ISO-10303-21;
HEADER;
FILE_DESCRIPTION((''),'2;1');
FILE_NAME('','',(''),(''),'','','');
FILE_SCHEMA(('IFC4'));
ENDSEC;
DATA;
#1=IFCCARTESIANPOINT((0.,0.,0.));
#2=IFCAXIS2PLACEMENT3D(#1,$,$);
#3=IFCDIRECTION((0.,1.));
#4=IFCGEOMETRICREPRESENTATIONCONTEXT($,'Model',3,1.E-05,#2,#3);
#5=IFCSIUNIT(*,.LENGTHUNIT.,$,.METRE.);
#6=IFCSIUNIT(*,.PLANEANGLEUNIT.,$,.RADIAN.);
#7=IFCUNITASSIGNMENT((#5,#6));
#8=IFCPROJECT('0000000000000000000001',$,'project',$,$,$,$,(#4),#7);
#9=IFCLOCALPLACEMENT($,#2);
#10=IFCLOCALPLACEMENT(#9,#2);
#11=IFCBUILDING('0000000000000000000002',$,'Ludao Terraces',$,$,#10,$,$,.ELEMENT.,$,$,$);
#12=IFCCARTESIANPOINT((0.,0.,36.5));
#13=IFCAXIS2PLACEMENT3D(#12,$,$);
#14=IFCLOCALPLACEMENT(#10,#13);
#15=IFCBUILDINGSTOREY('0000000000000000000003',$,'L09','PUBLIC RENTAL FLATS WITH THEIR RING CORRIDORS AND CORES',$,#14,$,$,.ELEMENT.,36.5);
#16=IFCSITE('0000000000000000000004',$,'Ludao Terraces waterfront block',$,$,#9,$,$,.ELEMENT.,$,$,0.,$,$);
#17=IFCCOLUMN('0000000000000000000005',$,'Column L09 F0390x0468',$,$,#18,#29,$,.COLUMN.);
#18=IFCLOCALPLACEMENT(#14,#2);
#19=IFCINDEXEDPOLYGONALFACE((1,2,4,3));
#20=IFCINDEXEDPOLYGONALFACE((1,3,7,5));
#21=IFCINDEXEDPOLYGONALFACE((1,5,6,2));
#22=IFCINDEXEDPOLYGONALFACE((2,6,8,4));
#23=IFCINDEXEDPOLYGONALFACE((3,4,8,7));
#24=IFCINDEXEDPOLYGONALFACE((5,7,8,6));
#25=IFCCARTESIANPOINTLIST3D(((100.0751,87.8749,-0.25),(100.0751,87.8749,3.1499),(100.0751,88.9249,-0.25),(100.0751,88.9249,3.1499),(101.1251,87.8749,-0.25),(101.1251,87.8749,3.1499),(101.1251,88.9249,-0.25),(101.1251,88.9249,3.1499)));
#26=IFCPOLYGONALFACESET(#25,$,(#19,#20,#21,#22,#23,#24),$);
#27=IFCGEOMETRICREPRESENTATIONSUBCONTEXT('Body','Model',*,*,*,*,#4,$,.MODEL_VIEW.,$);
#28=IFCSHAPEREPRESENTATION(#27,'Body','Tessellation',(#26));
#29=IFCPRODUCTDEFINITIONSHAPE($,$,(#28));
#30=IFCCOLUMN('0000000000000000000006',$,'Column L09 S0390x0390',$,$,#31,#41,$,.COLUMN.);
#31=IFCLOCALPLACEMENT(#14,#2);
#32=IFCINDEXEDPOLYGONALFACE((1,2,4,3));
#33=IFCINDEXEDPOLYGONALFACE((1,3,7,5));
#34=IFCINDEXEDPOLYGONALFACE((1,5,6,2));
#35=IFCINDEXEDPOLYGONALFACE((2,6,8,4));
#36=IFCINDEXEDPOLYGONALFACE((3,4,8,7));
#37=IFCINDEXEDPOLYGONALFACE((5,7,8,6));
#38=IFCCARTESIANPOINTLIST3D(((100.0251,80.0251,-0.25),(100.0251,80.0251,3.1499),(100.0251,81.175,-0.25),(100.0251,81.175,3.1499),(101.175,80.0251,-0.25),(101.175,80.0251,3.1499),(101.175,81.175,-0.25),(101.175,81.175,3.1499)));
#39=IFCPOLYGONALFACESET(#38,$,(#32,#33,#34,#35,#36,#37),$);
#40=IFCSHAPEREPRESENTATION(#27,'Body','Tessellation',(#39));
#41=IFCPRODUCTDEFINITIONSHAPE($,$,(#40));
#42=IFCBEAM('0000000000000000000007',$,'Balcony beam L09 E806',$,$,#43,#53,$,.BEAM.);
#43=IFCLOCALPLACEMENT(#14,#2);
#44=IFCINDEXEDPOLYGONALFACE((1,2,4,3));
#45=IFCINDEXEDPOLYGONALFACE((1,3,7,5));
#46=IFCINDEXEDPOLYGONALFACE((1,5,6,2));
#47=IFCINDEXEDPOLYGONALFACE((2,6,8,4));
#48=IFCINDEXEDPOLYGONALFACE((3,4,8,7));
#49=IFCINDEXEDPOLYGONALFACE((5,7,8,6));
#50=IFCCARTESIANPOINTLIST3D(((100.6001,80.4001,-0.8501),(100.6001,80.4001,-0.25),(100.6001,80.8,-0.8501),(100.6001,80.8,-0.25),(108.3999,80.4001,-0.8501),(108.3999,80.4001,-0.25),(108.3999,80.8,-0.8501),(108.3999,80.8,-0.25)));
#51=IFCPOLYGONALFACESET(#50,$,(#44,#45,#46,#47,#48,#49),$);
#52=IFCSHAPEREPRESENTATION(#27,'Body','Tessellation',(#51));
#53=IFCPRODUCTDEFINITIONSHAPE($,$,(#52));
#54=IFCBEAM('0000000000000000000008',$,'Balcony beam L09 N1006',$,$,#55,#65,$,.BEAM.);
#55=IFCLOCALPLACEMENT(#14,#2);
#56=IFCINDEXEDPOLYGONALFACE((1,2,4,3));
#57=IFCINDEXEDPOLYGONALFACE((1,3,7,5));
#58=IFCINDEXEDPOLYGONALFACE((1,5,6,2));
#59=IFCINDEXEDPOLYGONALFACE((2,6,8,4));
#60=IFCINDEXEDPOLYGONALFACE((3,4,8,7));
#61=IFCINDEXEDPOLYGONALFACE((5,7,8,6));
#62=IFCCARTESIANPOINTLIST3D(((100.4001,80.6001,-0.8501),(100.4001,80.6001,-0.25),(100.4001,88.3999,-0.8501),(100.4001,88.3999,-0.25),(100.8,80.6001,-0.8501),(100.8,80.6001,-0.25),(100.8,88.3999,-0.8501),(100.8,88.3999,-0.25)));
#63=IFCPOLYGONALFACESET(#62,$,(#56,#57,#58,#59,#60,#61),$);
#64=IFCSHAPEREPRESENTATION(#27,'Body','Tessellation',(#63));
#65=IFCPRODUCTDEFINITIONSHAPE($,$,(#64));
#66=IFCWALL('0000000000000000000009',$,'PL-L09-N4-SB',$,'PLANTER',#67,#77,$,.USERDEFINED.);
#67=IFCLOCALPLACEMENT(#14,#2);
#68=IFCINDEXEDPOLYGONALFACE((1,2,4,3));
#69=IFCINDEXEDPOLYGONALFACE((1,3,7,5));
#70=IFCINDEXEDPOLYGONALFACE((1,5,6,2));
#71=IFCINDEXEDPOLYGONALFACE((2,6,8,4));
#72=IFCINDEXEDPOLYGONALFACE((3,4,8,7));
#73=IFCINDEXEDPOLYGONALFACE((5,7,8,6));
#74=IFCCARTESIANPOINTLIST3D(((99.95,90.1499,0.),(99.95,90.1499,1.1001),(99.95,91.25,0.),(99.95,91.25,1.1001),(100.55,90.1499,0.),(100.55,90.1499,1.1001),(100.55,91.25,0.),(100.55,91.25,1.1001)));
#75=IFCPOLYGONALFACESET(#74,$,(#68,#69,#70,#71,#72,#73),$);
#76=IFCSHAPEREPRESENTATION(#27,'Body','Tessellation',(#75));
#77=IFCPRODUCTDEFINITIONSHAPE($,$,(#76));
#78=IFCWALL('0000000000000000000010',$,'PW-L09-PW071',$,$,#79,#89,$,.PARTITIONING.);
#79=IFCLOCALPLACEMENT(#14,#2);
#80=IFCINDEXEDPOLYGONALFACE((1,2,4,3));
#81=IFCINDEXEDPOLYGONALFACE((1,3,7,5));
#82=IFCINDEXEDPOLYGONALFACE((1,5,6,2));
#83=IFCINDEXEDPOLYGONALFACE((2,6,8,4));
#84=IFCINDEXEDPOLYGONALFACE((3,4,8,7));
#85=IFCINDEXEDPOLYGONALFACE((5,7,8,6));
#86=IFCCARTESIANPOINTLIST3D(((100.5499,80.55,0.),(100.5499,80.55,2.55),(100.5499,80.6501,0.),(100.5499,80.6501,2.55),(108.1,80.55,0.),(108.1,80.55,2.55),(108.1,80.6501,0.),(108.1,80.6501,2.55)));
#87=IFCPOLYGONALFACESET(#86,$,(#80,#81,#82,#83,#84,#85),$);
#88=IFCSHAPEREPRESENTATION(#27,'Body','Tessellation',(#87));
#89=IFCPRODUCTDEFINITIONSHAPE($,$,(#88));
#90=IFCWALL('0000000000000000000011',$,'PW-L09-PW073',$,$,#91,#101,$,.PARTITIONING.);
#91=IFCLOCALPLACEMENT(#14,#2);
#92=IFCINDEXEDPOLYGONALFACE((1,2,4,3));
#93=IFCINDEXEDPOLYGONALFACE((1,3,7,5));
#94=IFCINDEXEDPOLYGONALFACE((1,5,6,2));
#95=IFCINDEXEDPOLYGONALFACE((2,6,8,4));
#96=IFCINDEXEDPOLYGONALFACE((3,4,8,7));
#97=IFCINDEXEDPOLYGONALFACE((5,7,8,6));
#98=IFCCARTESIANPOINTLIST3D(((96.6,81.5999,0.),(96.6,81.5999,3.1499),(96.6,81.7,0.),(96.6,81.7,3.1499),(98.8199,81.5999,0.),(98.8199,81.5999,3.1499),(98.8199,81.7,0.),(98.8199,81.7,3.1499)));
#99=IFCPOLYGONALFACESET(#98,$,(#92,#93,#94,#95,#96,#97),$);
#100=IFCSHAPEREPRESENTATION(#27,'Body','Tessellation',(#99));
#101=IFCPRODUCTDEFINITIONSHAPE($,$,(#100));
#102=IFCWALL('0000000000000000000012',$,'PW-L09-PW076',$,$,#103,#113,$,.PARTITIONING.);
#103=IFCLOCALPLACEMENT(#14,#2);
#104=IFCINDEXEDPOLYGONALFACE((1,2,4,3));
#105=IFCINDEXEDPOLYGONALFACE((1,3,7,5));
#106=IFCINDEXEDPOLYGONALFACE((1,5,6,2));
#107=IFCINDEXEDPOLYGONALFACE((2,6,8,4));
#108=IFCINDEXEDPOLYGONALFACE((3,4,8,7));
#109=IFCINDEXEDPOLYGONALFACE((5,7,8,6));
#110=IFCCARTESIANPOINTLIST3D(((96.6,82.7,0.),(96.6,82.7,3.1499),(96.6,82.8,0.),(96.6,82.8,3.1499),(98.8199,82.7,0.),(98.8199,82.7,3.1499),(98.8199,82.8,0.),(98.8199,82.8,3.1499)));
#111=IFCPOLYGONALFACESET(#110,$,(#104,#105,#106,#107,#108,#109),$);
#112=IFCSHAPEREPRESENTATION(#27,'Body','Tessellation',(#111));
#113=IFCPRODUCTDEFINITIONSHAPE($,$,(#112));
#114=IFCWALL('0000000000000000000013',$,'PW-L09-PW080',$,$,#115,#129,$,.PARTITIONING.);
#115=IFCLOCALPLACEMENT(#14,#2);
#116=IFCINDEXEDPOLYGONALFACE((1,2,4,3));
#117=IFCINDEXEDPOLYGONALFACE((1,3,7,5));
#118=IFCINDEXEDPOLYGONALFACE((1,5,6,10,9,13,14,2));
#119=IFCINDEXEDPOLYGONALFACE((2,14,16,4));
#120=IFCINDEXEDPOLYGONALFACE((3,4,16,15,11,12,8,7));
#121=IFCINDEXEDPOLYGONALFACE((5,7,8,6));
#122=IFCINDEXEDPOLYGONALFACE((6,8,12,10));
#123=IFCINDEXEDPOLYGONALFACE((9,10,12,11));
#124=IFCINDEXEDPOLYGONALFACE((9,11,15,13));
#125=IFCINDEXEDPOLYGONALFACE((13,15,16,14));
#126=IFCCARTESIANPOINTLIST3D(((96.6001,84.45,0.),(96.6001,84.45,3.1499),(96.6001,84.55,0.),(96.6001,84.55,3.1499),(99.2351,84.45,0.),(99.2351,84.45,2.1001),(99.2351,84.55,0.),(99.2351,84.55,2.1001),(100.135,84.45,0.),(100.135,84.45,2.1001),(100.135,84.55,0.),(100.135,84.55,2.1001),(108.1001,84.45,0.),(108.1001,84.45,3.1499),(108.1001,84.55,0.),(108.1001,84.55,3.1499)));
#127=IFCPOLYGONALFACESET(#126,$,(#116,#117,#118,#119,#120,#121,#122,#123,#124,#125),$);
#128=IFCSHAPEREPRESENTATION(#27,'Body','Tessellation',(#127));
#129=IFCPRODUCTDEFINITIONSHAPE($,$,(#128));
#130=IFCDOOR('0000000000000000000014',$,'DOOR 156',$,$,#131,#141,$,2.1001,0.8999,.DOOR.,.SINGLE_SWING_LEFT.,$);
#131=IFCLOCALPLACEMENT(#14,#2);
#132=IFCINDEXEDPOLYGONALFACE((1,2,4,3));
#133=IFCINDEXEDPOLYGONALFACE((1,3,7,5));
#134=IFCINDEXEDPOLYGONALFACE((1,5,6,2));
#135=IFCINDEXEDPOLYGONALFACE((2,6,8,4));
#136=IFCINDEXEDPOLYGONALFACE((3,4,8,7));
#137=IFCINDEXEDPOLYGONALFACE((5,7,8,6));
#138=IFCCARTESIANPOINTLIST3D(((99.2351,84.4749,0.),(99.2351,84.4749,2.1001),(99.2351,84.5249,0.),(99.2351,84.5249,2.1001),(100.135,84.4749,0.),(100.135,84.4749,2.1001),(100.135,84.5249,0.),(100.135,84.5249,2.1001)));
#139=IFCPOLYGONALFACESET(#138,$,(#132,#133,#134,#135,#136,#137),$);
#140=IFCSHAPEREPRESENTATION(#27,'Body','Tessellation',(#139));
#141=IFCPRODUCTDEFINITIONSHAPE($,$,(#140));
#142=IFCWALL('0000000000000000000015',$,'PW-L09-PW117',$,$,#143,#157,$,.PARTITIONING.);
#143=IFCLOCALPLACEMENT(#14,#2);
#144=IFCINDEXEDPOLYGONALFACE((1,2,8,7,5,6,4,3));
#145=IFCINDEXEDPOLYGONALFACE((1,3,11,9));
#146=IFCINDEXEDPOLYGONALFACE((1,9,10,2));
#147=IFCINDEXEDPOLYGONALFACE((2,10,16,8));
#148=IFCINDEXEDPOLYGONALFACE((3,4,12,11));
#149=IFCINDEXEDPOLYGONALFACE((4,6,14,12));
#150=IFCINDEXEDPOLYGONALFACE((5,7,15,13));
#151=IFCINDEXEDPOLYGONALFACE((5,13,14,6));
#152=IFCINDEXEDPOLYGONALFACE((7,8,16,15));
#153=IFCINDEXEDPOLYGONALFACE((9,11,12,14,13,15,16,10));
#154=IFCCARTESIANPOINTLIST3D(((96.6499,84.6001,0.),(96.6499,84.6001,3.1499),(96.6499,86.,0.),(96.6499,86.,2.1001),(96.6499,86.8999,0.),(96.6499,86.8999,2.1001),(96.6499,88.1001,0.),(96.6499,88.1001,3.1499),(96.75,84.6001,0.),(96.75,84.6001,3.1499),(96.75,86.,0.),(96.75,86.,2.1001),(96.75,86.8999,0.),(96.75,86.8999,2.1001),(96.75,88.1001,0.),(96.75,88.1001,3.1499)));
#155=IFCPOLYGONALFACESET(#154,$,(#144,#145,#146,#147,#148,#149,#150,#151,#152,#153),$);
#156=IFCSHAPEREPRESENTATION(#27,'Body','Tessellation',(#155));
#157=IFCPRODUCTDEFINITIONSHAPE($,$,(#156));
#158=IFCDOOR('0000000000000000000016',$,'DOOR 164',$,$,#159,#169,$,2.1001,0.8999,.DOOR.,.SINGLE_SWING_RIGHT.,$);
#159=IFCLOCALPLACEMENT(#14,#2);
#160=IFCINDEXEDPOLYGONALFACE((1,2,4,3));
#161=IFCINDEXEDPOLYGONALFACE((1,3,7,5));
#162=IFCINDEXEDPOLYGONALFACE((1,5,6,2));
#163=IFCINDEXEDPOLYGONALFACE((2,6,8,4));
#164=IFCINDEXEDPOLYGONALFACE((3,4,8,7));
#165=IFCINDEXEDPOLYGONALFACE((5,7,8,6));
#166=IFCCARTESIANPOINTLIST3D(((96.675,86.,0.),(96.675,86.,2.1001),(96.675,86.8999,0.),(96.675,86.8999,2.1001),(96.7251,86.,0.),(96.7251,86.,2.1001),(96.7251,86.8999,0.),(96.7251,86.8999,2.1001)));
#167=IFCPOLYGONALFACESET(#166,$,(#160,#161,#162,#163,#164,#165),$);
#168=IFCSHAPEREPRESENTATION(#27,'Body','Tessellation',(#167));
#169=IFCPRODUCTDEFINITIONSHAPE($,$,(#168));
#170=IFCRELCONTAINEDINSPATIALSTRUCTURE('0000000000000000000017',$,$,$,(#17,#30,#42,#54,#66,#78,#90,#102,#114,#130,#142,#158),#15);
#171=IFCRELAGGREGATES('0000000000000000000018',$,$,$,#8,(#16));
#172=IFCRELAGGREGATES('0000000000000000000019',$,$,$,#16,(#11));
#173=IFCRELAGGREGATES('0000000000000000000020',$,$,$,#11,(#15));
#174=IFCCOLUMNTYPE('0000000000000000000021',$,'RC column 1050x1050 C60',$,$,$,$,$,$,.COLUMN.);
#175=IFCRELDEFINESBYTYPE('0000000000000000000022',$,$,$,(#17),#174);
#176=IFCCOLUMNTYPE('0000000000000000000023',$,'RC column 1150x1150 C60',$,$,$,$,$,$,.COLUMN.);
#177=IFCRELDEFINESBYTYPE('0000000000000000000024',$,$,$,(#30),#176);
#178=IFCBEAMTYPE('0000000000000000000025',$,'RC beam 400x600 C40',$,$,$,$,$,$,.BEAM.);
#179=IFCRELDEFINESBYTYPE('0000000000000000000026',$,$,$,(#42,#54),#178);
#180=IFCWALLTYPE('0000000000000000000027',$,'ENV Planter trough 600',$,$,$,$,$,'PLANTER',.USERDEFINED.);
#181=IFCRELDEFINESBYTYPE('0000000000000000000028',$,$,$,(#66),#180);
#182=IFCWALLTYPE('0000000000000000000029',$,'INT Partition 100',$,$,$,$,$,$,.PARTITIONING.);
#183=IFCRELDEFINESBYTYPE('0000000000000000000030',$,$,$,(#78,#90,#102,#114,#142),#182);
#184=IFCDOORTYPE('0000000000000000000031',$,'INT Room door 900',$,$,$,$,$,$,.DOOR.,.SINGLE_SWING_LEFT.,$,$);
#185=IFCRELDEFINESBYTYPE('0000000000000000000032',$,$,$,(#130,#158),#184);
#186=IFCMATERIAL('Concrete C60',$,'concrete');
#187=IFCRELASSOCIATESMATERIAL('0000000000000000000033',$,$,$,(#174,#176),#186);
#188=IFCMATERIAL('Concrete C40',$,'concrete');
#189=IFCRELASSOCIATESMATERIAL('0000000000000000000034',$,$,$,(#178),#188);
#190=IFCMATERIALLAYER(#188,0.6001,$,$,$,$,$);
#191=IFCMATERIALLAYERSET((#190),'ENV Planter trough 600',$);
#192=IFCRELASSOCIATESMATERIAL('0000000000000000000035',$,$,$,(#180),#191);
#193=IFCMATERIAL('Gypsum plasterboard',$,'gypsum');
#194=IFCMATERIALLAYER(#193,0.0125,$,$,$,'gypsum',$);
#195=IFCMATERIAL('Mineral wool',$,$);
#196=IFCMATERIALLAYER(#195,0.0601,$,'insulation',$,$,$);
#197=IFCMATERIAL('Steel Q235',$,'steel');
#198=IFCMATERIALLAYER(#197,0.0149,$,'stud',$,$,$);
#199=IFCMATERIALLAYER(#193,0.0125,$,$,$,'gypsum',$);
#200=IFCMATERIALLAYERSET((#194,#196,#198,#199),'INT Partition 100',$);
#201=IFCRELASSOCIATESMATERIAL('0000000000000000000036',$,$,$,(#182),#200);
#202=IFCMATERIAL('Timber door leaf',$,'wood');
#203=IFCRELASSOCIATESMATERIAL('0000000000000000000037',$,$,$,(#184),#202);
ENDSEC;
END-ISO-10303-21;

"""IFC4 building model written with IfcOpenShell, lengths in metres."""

from ifc_helpers import new_model, si_unit, direction, frame, frame_2d, origin, origin_2d, place, context, subcontext, project, spatial, rectangle, extrude, material, layer, layer_set, material_profile, profile_set, type_object, element, fill, save


model = new_model("IFC4")

# Units and contexts
model_context = context("Model", 3, precision=1e-05, world=origin(), true_north=direction((0.0, 1.0)))
body_context = subcontext(model_context, "Body", "Model", "MODEL_VIEW")
ifc_project = project(units=[si_unit("LENGTHUNIT", "METRE"), si_unit("PLANEANGLEUNIT", "RADIAN")], contexts=[model_context])

# Site, building, storey
site_placement = place(None, origin())
site = spatial("IfcSite", under=ifc_project, at=site_placement, Name="Ludao Terraces waterfront block", CompositionType="ELEMENT", RefElevation=0.0)
building_placement = place(site_placement, origin())
building = spatial("IfcBuilding", under=site, at=building_placement, Name="Ludao Terraces", CompositionType="ELEMENT")
storey_placement = place(building_placement, frame((0.0, 0.0, 36.5)))
storey = spatial("IfcBuildingStorey", under=building, at=storey_placement, Name="L09", Description="PUBLIC RENTAL FLATS WITH THEIR RING CORRIDORS AND CORES", CompositionType="ELEMENT", Elevation=36.5)

# Columns
ifc_material_1 = material(Name="Concrete C60", Category="concrete")
ifc_material_profile_1 = material_profile(ifc_material_1, rectangle(XDim=1.05, YDim=1.05, at=origin_2d()), Name="1050 X 1050")
ifc_profile_set_1 = profile_set([ifc_material_profile_1], Name="Concrete C60")
column_type_1 = type_object("IfcColumnType", Name="RC column 1050x1050 C60", PredefinedType="COLUMN", material=ifc_profile_set_1)
column_1_placement = place(storey_placement, frame((100.6001, 88.3999, -0.25), z_axis=(0.0, 0.0, 1.0), x_axis=(1.0, 0.0, 0.0)))
element("IfcColumn", 1, at=column_1_placement, inside=storey, type_object=column_type_1, Name="Column L09 F0390x0468", PredefinedType="COLUMN", context=body_context, shape_type="SweptSolid", body=[
    extrude(rectangle(XDim=1.05, YDim=1.05, at=origin_2d()), origin(), (0.0, 0.0, 1.0), 3.3999),
])
ifc_material_profile_2 = material_profile(ifc_material_1, rectangle(XDim=1.1499, YDim=1.1499, at=origin_2d()), Name="1150 X 1150")
ifc_profile_set_2 = profile_set([ifc_material_profile_2], Name="Concrete C60")
column_type_2 = type_object("IfcColumnType", Name="RC column 1150x1150 C60", PredefinedType="COLUMN", material=ifc_profile_set_2)
column_2_placement = place(storey_placement, frame((100.6001, 80.6001, -0.25), z_axis=(0.0, 0.0, 1.0), x_axis=(1.0, 0.0, 0.0)))
element("IfcColumn", 2, at=column_2_placement, inside=storey, type_object=column_type_2, Name="Column L09 S0390x0390", PredefinedType="COLUMN", context=body_context, shape_type="SweptSolid", body=[
    extrude(rectangle(XDim=1.1499, YDim=1.1499, at=origin_2d()), origin(), (0.0, 0.0, 1.0), 3.3999),
])

# Beams
ifc_material_2 = material(Name="Concrete C40", Category="concrete")
ifc_material_profile_3 = material_profile(ifc_material_2, rectangle(XDim=0.3999, YDim=0.6001, at=origin_2d()), Name="400 X 600")
ifc_profile_set_3 = profile_set([ifc_material_profile_3], Name="Concrete C40")
beam_type = type_object("IfcBeamType", Name="RC beam 400x600 C40", PredefinedType="BEAM", material=ifc_profile_set_3)
for number, where, z_axis, x_axis, name in (
    (3, (100.6001, 80.6001, -0.55), (1.0, 0.0, 0.0), (0.0, 1.0, 0.0), "Balcony beam L09 E806"),
    (4, (100.6001, 80.6001, -0.55), (0.0, 1.0, 0.0), (-1.0, 0.0, 0.0), "Balcony beam L09 N1006"),
):
    element("IfcBeam", number, at=place(storey_placement, frame(where, z_axis=z_axis, x_axis=x_axis)), inside=storey, type_object=beam_type, Name=name, PredefinedType="BEAM", context=body_context, shape_type="SweptSolid", body=[
        extrude(rectangle(XDim=0.3999, YDim=0.6001, at=origin_2d()), origin(), (0.0, 0.0, 1.0), 7.7998),
    ])

# Walls
ifc_layer_1 = layer(ifc_material_2, 0.6001)
ifc_layer_set_1 = layer_set([ifc_layer_1], Name="ENV Planter trough 600")
wall_type_1 = type_object("IfcWallType", Name="ENV Planter trough 600", ElementType="PLANTER", PredefinedType="USERDEFINED", material=ifc_layer_set_1)
wall_1_placement = place(storey_placement, frame((100.25, 91.25, 0.0), z_axis=(0.0, 0.0, 1.0), x_axis=(0.0, -1.0, 0.0)))
element("IfcWall", 5, at=wall_1_placement, inside=storey, type_object=wall_type_1, Name="PL-L09-N4-SB", ObjectType="PLANTER", PredefinedType="USERDEFINED", context=body_context, shape_type="SweptSolid", body=[
    extrude(rectangle(XDim=1.1001, YDim=0.6001, at=frame_2d((0.55, 0.0))), origin(), (0.0, 0.0, 1.0), 1.1001),
])
ifc_material_3 = material(Name="Gypsum plasterboard", Category="gypsum")
ifc_layer_2 = layer(ifc_material_3, 0.0125, Category="gypsum")
ifc_material_4 = material(Name="Mineral wool")
ifc_layer_3 = layer(ifc_material_4, 0.0601, Name="insulation")
ifc_material_5 = material(Name="Steel Q235", Category="steel")
ifc_layer_4 = layer(ifc_material_5, 0.0149, Name="stud")
ifc_layer_5 = layer(ifc_material_3, 0.0125, Category="gypsum")
ifc_layer_set_2 = layer_set([ifc_layer_2, ifc_layer_3, ifc_layer_4, ifc_layer_5], Name="INT Partition 100")
wall_type_2 = type_object("IfcWallType", Name="INT Partition 100", PredefinedType="PARTITIONING", material=ifc_layer_set_2)
wall_2_placement = place(storey_placement, frame((100.55, 80.6001, 0.0), z_axis=(0.0, 0.0, 1.0), x_axis=(1.0, 0.0, 0.0)))
element("IfcWall", 6, at=wall_2_placement, inside=storey, type_object=wall_type_2, Name="PW-L09-PW071", PredefinedType="PARTITIONING", context=body_context, shape_type="SweptSolid", body=[
    extrude(rectangle(XDim=7.55, YDim=0.1001, at=frame_2d((3.7749, 0.0))), origin(), (0.0, 0.0, 1.0), 2.55),
])
for number, where, z_axis, x_axis, name in (
    (7, (96.6001, 81.6499, 0.0), (0.0, 0.0, 1.0), (1.0, 0.0, 0.0), "PW-L09-PW073"),
    (8, (96.6001, 82.75, 0.0), (0.0, 0.0, 1.0), (1.0, 0.0, 0.0), "PW-L09-PW076"),
):
    element("IfcWall", number, at=place(storey_placement, frame(where, z_axis=z_axis, x_axis=x_axis)), inside=storey, type_object=wall_type_2, Name=name, PredefinedType="PARTITIONING", context=body_context, shape_type="SweptSolid", body=[
        extrude(rectangle(XDim=2.22, YDim=0.1001, at=frame_2d((1.1099, 0.0))), origin(), (0.0, 0.0, 1.0), 3.1499),
    ])

# Walls, openings, doors
wall_3_placement = place(storey_placement, frame((96.6001, 84.5, 0.0), z_axis=(0.0, 0.0, 1.0), x_axis=(1.0, 0.0, 0.0)))
wall_3 = element("IfcWall", 9, at=wall_3_placement, inside=storey, type_object=wall_type_2, Name="PW-L09-PW080", PredefinedType="PARTITIONING", context=body_context, shape_type="SweptSolid", body=[
    extrude(rectangle(XDim=11.5, YDim=0.1001, at=frame_2d((5.75, 0.0))), origin(), (0.0, 0.0, 1.0), 3.1499),
])
opening_1_placement = place(wall_3_placement, frame((2.635, 0.0, 0.0)))
opening_1 = element("IfcOpeningElement", 10, at=opening_1_placement, cuts=wall_3, PredefinedType="OPENING", context=body_context, shape_type="SweptSolid", body=[
    extrude(rectangle(XDim=0.8999, YDim=2.1001, at=frame_2d((0.45, 1.05))), frame((0.0, 0.0601, 0.0), z_axis=(0.0, -1.0, 0.0), x_axis=(1.0, 0.0, 0.0)), (0.0, 0.0, 1.0), 0.1201),
])
ifc_material_6 = material(Name="Timber door leaf", Category="wood")
door_type_1 = type_object("IfcDoorType", Name="INT Room door 900", OperationType="SINGLE_SWING_LEFT", PredefinedType="DOOR", material=ifc_material_6)
door_1_placement = place(opening_1_placement, origin())
door_1 = element("IfcDoor", 11, at=door_1_placement, inside=storey, type_object=door_type_1, Name="DOOR 156", OperationType="SINGLE_SWING_LEFT", OverallHeight=2.1001, OverallWidth=0.8999, PredefinedType="DOOR", context=body_context, shape_type="SweptSolid", body=[
    extrude(rectangle(XDim=0.8999, YDim=2.1001, at=frame_2d((0.45, 1.05))), frame((0.0, 0.0249, 0.0), z_axis=(0.0, -1.0, 0.0), x_axis=(1.0, 0.0, 0.0)), (0.0, 0.0, 1.0), 0.05),
])
fill(opening_1, door_1)
wall_4_placement = place(storey_placement, frame((96.7, 84.6001, 0.0), z_axis=(0.0, 0.0, 1.0), x_axis=(0.0, 1.0, 0.0)))
wall_4 = element("IfcWall", 12, at=wall_4_placement, inside=storey, type_object=wall_type_2, Name="PW-L09-PW117", PredefinedType="PARTITIONING", context=body_context, shape_type="SweptSolid", body=[
    extrude(rectangle(XDim=3.5, YDim=0.1001, at=frame_2d((1.75, 0.0))), origin(), (0.0, 0.0, 1.0), 3.1499),
])
opening_2_placement = place(wall_4_placement, frame((1.3999, 0.0, 0.0)))
opening_2 = element("IfcOpeningElement", 13, at=opening_2_placement, cuts=wall_4, PredefinedType="OPENING", context=body_context, shape_type="SweptSolid", body=[
    extrude(rectangle(XDim=0.8999, YDim=2.1001, at=frame_2d((0.45, 1.05))), frame((0.0, 0.0601, 0.0), z_axis=(0.0, -1.0, 0.0), x_axis=(1.0, 0.0, 0.0)), (0.0, 0.0, 1.0), 0.1201),
])
door_2_placement = place(opening_2_placement, origin())
door_2 = element("IfcDoor", 14, at=door_2_placement, inside=storey, type_object=door_type_1, Name="DOOR 164", OperationType="SINGLE_SWING_RIGHT", OverallHeight=2.1001, OverallWidth=0.8999, PredefinedType="DOOR", context=body_context, shape_type="SweptSolid", body=[
    extrude(rectangle(XDim=0.8999, YDim=2.1001, at=frame_2d((0.45, 1.05))), frame((0.0, 0.0249, 0.0), z_axis=(0.0, -1.0, 0.0), x_axis=(1.0, 0.0, 0.0)), (0.0, 0.0, 1.0), 0.05),
])
fill(opening_2, door_2)

save(model, "model.ifc")
